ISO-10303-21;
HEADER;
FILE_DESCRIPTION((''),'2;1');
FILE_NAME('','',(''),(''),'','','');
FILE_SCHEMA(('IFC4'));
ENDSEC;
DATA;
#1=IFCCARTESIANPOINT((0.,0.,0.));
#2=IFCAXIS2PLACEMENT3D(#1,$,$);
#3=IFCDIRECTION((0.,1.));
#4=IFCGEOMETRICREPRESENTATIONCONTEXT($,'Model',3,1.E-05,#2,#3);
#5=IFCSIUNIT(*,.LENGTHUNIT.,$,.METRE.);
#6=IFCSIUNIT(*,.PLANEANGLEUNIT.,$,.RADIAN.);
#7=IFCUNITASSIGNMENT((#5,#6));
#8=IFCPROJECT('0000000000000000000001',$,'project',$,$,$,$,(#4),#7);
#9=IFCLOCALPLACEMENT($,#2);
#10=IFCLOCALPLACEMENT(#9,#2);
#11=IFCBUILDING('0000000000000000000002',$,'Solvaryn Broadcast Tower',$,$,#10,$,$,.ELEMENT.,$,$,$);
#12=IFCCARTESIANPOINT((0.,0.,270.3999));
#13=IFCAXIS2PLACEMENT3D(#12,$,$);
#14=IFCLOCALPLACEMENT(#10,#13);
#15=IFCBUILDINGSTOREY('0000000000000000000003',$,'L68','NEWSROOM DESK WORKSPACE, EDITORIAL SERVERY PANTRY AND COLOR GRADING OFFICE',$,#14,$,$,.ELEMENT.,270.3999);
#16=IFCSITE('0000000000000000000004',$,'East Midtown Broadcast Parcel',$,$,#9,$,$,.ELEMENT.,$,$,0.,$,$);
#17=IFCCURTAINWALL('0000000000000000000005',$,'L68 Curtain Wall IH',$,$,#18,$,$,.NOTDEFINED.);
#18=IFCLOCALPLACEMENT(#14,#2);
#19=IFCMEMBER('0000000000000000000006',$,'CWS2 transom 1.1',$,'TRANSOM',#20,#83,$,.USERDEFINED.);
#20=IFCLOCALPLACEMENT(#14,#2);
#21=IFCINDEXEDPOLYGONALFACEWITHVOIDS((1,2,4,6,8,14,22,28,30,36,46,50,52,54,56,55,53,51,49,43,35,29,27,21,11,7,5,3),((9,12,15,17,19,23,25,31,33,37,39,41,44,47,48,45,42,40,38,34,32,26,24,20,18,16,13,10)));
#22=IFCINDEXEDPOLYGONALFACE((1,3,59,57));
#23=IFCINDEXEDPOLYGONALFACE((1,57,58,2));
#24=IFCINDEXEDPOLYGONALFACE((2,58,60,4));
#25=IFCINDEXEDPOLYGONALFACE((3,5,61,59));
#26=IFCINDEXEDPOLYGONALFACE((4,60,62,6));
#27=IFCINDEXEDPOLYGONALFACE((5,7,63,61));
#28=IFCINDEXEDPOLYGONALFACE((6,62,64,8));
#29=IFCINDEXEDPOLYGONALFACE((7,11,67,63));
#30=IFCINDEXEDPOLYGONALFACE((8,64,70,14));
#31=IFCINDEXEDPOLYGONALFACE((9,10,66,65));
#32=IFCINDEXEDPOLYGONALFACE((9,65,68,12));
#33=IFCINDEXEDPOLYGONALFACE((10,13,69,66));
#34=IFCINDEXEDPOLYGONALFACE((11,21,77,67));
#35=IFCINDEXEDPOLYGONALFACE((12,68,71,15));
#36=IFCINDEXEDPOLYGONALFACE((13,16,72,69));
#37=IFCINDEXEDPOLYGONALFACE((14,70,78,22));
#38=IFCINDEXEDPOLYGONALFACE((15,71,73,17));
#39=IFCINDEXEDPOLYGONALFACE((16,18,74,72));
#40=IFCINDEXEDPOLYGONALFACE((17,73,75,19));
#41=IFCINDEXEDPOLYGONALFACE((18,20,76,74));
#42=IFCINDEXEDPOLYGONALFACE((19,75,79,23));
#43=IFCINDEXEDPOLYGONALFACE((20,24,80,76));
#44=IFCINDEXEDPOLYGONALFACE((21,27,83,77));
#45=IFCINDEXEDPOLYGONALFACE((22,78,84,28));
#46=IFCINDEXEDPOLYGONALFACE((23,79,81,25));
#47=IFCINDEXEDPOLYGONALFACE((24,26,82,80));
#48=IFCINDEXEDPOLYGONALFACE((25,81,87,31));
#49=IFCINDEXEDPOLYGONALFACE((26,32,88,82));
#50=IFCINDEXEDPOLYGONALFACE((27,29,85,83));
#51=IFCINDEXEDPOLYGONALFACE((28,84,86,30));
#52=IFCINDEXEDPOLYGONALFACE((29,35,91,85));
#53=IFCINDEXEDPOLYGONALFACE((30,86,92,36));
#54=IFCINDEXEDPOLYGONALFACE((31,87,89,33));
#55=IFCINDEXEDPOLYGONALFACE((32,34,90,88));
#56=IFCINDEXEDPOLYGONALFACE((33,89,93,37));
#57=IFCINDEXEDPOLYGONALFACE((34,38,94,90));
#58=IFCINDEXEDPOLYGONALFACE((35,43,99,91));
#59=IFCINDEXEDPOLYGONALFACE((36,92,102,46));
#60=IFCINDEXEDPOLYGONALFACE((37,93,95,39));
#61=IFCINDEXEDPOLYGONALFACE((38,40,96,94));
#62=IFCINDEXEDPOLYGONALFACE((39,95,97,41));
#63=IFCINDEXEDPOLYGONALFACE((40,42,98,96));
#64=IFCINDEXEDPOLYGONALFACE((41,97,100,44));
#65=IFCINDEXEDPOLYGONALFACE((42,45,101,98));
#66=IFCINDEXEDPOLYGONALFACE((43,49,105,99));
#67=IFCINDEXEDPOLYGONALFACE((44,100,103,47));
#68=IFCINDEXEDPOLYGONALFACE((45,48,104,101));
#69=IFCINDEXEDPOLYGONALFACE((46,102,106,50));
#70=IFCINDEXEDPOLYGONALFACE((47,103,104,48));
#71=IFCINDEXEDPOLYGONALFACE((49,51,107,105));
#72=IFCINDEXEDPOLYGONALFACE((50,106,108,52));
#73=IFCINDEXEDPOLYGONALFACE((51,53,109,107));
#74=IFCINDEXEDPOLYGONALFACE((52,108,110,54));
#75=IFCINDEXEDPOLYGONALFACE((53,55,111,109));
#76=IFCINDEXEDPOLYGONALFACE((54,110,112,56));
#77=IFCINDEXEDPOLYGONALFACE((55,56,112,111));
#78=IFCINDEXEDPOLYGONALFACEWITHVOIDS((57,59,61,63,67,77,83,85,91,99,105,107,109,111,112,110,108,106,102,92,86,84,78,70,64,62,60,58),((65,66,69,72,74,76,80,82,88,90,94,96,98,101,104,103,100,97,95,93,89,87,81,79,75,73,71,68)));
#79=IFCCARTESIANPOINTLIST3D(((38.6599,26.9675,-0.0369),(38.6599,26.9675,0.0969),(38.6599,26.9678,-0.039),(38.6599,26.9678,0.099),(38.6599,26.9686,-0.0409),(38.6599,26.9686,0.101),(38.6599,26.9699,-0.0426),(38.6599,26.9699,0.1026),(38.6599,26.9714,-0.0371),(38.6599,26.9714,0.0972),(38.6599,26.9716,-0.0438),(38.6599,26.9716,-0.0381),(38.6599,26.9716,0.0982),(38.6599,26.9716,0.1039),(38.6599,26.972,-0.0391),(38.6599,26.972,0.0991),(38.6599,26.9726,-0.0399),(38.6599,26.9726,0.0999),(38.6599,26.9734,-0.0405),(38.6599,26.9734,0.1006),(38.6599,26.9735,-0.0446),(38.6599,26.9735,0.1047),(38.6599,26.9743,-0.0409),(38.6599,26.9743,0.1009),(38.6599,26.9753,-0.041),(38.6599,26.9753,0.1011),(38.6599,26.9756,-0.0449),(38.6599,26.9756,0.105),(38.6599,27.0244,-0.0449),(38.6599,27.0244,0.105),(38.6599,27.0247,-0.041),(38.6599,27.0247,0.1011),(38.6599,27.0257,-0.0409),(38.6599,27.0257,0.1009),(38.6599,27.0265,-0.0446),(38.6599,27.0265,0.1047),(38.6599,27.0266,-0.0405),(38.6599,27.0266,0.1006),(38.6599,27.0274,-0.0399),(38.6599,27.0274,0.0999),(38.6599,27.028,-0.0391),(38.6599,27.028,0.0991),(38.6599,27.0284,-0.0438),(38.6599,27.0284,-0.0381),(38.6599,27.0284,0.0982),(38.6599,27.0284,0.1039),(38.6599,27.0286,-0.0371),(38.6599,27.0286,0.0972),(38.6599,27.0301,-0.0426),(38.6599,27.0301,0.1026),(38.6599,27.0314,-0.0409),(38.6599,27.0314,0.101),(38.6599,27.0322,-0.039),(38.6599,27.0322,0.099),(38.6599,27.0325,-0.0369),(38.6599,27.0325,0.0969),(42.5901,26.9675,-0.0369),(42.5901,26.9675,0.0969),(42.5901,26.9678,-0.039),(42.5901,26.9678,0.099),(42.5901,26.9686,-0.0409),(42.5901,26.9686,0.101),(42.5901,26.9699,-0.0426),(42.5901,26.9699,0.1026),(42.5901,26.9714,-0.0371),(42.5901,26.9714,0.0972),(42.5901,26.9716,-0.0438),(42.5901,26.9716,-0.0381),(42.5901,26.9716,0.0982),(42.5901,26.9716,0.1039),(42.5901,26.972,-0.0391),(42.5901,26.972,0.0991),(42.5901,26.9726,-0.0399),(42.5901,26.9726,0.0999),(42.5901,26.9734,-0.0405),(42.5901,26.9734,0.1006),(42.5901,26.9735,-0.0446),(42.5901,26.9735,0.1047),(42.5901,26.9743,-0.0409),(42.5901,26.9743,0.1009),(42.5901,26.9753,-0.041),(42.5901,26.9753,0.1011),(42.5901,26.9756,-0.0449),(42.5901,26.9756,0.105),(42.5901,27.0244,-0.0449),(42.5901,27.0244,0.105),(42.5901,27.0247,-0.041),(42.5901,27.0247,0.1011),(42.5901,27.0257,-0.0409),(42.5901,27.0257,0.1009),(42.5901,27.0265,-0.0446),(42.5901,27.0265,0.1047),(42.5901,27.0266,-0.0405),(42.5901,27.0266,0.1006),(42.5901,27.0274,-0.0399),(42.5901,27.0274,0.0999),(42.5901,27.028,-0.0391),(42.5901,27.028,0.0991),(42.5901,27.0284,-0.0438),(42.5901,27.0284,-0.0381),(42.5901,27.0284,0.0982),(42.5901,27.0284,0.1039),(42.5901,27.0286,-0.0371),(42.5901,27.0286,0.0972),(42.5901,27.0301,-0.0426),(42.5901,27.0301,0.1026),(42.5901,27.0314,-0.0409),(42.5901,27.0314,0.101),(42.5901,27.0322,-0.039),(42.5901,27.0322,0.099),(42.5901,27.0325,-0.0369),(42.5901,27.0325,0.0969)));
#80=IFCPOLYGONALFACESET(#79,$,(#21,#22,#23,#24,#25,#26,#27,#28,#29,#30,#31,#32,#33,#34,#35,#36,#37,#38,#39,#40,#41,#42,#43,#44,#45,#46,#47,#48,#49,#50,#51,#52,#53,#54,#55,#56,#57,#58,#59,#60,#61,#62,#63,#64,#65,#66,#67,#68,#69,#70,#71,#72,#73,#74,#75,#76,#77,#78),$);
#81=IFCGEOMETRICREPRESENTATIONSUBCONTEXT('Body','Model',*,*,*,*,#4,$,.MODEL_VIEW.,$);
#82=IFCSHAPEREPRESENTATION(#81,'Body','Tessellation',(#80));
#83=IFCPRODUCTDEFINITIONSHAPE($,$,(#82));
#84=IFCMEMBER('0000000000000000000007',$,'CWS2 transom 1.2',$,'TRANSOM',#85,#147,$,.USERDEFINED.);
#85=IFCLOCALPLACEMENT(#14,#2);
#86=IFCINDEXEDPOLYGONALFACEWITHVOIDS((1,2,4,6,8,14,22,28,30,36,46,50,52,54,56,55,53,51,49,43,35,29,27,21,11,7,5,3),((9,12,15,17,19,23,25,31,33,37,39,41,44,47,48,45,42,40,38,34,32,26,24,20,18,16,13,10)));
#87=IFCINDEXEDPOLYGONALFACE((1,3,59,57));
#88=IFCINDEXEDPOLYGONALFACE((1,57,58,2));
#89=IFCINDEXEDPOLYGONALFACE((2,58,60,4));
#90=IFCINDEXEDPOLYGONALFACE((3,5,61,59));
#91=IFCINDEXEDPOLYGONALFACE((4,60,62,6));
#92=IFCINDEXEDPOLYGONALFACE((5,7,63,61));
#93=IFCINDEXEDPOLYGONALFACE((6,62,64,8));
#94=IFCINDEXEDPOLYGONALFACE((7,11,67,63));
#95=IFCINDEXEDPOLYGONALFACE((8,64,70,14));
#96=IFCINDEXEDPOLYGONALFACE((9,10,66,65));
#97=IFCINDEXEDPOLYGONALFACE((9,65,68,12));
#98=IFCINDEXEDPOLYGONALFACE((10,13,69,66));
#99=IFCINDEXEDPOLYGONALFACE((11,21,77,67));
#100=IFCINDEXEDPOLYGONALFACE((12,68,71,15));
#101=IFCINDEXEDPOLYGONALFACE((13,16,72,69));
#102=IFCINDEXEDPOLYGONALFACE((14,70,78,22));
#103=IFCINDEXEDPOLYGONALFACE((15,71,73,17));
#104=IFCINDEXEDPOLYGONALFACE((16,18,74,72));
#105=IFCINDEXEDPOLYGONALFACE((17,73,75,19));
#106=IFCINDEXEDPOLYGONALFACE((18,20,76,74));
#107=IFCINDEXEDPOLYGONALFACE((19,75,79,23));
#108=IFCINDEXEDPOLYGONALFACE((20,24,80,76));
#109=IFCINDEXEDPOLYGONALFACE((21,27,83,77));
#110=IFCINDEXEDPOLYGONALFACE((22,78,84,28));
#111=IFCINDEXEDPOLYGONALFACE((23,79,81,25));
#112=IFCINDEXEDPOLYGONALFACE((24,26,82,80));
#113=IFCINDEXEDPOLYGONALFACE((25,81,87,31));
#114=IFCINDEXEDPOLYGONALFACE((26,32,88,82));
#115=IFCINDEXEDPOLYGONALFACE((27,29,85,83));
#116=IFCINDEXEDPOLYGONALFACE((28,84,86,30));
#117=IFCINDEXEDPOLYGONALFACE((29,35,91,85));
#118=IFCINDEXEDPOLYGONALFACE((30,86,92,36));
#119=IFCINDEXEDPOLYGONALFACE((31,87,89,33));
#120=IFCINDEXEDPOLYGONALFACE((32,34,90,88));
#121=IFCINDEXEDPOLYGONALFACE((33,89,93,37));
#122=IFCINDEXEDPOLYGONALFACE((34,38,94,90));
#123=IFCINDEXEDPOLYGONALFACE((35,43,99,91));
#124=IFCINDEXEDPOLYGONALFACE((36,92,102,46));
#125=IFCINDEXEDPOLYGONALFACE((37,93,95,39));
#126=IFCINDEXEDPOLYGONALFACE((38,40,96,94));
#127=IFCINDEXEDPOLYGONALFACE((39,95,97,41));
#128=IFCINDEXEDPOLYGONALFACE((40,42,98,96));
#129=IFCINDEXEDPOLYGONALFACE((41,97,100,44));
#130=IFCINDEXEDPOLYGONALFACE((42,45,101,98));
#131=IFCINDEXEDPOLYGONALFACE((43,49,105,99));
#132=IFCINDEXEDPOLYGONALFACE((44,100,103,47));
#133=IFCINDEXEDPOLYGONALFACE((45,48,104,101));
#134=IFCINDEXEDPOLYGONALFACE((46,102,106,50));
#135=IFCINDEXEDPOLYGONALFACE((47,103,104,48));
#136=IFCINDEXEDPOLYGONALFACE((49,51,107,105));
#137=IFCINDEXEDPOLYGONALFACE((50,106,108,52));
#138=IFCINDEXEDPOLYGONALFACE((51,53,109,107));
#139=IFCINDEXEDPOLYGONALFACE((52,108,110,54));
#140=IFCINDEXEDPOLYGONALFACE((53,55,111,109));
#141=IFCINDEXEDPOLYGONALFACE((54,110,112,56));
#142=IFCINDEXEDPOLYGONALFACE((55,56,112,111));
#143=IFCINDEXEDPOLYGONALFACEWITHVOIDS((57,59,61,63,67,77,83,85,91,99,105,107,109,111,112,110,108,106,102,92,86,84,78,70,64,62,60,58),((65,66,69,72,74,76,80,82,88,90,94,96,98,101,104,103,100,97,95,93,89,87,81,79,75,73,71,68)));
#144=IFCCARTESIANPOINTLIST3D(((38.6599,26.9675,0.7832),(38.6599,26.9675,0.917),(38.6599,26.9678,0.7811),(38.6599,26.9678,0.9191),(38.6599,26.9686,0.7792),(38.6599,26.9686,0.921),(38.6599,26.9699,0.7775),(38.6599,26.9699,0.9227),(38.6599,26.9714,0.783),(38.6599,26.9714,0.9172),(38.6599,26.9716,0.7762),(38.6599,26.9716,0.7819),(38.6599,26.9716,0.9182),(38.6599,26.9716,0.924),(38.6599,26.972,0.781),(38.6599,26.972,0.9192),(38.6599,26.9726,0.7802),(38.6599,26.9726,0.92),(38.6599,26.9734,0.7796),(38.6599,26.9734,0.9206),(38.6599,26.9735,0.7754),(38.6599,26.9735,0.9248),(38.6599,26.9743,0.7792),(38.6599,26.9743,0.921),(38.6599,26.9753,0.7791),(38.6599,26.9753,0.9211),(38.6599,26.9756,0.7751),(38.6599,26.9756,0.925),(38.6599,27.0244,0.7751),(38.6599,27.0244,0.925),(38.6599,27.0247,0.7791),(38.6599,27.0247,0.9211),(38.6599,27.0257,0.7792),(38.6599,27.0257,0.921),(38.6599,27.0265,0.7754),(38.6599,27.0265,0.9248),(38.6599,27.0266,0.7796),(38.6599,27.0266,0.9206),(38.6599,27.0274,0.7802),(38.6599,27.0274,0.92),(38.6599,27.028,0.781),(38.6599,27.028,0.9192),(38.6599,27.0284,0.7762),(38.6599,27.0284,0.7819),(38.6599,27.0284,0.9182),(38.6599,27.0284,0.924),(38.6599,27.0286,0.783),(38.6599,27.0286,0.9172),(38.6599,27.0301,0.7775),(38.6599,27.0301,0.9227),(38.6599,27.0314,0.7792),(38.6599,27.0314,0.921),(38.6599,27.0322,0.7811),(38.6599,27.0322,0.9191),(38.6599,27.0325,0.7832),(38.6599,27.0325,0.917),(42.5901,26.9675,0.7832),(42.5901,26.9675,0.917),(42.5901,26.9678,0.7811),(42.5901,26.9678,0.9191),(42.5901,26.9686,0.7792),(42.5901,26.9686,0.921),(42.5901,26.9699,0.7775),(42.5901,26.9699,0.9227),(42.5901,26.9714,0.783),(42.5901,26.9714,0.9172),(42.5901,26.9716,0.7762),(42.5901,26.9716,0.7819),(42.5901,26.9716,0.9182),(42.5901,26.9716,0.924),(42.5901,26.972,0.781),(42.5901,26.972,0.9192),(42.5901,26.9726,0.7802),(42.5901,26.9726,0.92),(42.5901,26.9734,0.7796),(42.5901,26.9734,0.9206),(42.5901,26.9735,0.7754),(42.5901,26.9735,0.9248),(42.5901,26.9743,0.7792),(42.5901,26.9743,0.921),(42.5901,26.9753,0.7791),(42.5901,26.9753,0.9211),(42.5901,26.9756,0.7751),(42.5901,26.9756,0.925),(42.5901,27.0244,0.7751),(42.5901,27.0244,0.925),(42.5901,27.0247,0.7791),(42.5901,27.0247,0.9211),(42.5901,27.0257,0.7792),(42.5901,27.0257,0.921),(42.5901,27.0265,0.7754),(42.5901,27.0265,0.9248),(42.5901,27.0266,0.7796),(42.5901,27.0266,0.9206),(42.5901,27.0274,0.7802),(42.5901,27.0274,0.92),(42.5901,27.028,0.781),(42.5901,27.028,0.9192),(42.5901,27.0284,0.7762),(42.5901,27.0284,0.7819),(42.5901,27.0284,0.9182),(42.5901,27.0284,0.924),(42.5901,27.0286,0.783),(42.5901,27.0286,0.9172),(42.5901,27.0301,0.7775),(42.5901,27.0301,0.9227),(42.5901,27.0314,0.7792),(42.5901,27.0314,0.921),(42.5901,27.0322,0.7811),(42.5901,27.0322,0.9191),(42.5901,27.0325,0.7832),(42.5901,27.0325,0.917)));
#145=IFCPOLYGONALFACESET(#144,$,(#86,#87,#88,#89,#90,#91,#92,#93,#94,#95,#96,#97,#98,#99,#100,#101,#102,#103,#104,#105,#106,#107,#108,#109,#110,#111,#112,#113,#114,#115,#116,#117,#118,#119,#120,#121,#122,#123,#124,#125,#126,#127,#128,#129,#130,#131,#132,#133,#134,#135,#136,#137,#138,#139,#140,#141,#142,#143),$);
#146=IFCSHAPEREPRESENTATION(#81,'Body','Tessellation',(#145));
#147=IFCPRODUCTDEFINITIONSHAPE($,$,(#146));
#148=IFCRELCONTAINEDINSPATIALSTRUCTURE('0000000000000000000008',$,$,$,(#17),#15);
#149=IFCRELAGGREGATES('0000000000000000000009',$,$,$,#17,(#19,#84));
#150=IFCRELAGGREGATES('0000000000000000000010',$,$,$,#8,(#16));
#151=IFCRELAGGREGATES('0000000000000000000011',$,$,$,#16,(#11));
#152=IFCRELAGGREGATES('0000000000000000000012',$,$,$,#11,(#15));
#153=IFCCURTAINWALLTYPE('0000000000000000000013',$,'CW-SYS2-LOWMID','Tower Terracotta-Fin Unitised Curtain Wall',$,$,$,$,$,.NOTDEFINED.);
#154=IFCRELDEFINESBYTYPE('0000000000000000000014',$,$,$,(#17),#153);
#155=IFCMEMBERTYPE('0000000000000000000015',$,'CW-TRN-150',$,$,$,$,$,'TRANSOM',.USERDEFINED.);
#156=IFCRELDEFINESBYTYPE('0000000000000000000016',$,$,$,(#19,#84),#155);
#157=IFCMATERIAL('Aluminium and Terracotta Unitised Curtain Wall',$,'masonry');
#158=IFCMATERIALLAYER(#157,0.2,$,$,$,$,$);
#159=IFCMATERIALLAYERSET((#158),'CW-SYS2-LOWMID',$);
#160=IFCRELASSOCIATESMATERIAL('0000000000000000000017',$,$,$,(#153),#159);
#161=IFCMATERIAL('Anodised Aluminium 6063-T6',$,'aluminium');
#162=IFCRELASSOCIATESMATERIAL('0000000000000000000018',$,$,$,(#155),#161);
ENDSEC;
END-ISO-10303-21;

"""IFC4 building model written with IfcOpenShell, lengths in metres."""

from ifc_helpers import new_model, si_unit, direction, frame, origin, origin_2d, place, context, subcontext, project, spatial, hollow_rectangle, extrude, material, layer, layer_set, material_profile, profile_set, type_object, element, aggregate, save


model = new_model("IFC4")

# Units and contexts
model_context = context("Model", 3, precision=1e-05, world=origin(), true_north=direction((0.0, 1.0)))
body_context = subcontext(model_context, "Body", "Model", "MODEL_VIEW")
ifc_project = project(units=[si_unit("LENGTHUNIT", "METRE"), si_unit("PLANEANGLEUNIT", "RADIAN")], contexts=[model_context])

# Site, building, storey
site_placement = place(None, origin())
site = spatial("IfcSite", under=ifc_project, at=site_placement, Name="East Midtown Broadcast Parcel", CompositionType="ELEMENT", RefElevation=0.0)
building_placement = place(site_placement, origin())
building = spatial("IfcBuilding", under=site, at=building_placement, Name="Solvaryn Broadcast Tower", CompositionType="ELEMENT")
storey_placement = place(building_placement, frame((0.0, 0.0, 270.3999)))
storey = spatial("IfcBuildingStorey", under=building, at=storey_placement, Name="L68", Description="NEWSROOM DESK WORKSPACE, EDITORIAL SERVERY PANTRY AND COLOR GRADING OFFICE", CompositionType="ELEMENT", Elevation=270.3999)

# Shared definitions
ifc_material_1 = material(Name="Aluminium and Terracotta Unitised Curtain Wall", Category="masonry")
ifc_layer_1 = layer(ifc_material_1, 0.2)
ifc_layer_set_1 = layer_set([ifc_layer_1], Name="CW-SYS2-LOWMID")
curtain_wall_type = type_object("IfcCurtainWallType", Name="CW-SYS2-LOWMID", Description="Tower Terracotta-Fin Unitised Curtain Wall", PredefinedType="NOTDEFINED", material=ifc_layer_set_1)

# Curtain wall
curtain_wall_1_placement = place(storey_placement, origin())
curtain_wall_1 = element("IfcCurtainWall", 1, at=curtain_wall_1_placement, inside=storey, type_object=curtain_wall_type, Name="L68 Curtain Wall IH", PredefinedType="NOTDEFINED")

# Members
ifc_material_2 = material(Name="Anodised Aluminium 6063-T6", Category="aluminium")
ifc_material_profile_1 = material_profile(ifc_material_2, hollow_rectangle(XDim=0.0649, YDim=0.1499, WallThickness=0.0039, InnerFilletRadius=0.0039, OuterFilletRadius=0.0081, at=origin_2d()))
ifc_profile_set_1 = profile_set([ifc_material_profile_1], Name="Anodised Aluminium 6063-T6")
member_type_1 = type_object("IfcMemberType", Name="CW-TRN-150", ElementType="TRANSOM", PredefinedType="USERDEFINED", material=ifc_profile_set_1)
member_1_placement = place(storey_placement, frame((38.6599, 27.0, 0.03), z_axis=(1.0, 0.0, 0.0), x_axis=(0.0, 1.0, 0.0)))
member_1 = element("IfcMember", 2, at=member_1_placement, type_object=member_type_1, Name="CWS2 transom 1.1", ObjectType="TRANSOM", PredefinedType="USERDEFINED", context=body_context, shape_type="SweptSolid", body=[
    extrude(hollow_rectangle(XDim=0.0649, YDim=0.1499, WallThickness=0.0039, InnerFilletRadius=0.0039, OuterFilletRadius=0.0081, at=origin_2d()), origin(), (0.0, 0.0, 1.0), 3.9302),
])
member_2_placement = place(storey_placement, frame((38.6599, 27.0, 0.8501), z_axis=(1.0, 0.0, 0.0), x_axis=(0.0, 1.0, 0.0)))
member_2 = element("IfcMember", 3, at=member_2_placement, type_object=member_type_1, Name="CWS2 transom 1.2", ObjectType="TRANSOM", PredefinedType="USERDEFINED", context=body_context, shape_type="SweptSolid", body=[
    extrude(hollow_rectangle(XDim=0.0649, YDim=0.1499, WallThickness=0.0039, InnerFilletRadius=0.0039, OuterFilletRadius=0.0081, at=origin_2d()), origin(), (0.0, 0.0, 1.0), 3.9302),
])

aggregate(curtain_wall_1, [member_1, member_2])

save(model, "model.ifc")
